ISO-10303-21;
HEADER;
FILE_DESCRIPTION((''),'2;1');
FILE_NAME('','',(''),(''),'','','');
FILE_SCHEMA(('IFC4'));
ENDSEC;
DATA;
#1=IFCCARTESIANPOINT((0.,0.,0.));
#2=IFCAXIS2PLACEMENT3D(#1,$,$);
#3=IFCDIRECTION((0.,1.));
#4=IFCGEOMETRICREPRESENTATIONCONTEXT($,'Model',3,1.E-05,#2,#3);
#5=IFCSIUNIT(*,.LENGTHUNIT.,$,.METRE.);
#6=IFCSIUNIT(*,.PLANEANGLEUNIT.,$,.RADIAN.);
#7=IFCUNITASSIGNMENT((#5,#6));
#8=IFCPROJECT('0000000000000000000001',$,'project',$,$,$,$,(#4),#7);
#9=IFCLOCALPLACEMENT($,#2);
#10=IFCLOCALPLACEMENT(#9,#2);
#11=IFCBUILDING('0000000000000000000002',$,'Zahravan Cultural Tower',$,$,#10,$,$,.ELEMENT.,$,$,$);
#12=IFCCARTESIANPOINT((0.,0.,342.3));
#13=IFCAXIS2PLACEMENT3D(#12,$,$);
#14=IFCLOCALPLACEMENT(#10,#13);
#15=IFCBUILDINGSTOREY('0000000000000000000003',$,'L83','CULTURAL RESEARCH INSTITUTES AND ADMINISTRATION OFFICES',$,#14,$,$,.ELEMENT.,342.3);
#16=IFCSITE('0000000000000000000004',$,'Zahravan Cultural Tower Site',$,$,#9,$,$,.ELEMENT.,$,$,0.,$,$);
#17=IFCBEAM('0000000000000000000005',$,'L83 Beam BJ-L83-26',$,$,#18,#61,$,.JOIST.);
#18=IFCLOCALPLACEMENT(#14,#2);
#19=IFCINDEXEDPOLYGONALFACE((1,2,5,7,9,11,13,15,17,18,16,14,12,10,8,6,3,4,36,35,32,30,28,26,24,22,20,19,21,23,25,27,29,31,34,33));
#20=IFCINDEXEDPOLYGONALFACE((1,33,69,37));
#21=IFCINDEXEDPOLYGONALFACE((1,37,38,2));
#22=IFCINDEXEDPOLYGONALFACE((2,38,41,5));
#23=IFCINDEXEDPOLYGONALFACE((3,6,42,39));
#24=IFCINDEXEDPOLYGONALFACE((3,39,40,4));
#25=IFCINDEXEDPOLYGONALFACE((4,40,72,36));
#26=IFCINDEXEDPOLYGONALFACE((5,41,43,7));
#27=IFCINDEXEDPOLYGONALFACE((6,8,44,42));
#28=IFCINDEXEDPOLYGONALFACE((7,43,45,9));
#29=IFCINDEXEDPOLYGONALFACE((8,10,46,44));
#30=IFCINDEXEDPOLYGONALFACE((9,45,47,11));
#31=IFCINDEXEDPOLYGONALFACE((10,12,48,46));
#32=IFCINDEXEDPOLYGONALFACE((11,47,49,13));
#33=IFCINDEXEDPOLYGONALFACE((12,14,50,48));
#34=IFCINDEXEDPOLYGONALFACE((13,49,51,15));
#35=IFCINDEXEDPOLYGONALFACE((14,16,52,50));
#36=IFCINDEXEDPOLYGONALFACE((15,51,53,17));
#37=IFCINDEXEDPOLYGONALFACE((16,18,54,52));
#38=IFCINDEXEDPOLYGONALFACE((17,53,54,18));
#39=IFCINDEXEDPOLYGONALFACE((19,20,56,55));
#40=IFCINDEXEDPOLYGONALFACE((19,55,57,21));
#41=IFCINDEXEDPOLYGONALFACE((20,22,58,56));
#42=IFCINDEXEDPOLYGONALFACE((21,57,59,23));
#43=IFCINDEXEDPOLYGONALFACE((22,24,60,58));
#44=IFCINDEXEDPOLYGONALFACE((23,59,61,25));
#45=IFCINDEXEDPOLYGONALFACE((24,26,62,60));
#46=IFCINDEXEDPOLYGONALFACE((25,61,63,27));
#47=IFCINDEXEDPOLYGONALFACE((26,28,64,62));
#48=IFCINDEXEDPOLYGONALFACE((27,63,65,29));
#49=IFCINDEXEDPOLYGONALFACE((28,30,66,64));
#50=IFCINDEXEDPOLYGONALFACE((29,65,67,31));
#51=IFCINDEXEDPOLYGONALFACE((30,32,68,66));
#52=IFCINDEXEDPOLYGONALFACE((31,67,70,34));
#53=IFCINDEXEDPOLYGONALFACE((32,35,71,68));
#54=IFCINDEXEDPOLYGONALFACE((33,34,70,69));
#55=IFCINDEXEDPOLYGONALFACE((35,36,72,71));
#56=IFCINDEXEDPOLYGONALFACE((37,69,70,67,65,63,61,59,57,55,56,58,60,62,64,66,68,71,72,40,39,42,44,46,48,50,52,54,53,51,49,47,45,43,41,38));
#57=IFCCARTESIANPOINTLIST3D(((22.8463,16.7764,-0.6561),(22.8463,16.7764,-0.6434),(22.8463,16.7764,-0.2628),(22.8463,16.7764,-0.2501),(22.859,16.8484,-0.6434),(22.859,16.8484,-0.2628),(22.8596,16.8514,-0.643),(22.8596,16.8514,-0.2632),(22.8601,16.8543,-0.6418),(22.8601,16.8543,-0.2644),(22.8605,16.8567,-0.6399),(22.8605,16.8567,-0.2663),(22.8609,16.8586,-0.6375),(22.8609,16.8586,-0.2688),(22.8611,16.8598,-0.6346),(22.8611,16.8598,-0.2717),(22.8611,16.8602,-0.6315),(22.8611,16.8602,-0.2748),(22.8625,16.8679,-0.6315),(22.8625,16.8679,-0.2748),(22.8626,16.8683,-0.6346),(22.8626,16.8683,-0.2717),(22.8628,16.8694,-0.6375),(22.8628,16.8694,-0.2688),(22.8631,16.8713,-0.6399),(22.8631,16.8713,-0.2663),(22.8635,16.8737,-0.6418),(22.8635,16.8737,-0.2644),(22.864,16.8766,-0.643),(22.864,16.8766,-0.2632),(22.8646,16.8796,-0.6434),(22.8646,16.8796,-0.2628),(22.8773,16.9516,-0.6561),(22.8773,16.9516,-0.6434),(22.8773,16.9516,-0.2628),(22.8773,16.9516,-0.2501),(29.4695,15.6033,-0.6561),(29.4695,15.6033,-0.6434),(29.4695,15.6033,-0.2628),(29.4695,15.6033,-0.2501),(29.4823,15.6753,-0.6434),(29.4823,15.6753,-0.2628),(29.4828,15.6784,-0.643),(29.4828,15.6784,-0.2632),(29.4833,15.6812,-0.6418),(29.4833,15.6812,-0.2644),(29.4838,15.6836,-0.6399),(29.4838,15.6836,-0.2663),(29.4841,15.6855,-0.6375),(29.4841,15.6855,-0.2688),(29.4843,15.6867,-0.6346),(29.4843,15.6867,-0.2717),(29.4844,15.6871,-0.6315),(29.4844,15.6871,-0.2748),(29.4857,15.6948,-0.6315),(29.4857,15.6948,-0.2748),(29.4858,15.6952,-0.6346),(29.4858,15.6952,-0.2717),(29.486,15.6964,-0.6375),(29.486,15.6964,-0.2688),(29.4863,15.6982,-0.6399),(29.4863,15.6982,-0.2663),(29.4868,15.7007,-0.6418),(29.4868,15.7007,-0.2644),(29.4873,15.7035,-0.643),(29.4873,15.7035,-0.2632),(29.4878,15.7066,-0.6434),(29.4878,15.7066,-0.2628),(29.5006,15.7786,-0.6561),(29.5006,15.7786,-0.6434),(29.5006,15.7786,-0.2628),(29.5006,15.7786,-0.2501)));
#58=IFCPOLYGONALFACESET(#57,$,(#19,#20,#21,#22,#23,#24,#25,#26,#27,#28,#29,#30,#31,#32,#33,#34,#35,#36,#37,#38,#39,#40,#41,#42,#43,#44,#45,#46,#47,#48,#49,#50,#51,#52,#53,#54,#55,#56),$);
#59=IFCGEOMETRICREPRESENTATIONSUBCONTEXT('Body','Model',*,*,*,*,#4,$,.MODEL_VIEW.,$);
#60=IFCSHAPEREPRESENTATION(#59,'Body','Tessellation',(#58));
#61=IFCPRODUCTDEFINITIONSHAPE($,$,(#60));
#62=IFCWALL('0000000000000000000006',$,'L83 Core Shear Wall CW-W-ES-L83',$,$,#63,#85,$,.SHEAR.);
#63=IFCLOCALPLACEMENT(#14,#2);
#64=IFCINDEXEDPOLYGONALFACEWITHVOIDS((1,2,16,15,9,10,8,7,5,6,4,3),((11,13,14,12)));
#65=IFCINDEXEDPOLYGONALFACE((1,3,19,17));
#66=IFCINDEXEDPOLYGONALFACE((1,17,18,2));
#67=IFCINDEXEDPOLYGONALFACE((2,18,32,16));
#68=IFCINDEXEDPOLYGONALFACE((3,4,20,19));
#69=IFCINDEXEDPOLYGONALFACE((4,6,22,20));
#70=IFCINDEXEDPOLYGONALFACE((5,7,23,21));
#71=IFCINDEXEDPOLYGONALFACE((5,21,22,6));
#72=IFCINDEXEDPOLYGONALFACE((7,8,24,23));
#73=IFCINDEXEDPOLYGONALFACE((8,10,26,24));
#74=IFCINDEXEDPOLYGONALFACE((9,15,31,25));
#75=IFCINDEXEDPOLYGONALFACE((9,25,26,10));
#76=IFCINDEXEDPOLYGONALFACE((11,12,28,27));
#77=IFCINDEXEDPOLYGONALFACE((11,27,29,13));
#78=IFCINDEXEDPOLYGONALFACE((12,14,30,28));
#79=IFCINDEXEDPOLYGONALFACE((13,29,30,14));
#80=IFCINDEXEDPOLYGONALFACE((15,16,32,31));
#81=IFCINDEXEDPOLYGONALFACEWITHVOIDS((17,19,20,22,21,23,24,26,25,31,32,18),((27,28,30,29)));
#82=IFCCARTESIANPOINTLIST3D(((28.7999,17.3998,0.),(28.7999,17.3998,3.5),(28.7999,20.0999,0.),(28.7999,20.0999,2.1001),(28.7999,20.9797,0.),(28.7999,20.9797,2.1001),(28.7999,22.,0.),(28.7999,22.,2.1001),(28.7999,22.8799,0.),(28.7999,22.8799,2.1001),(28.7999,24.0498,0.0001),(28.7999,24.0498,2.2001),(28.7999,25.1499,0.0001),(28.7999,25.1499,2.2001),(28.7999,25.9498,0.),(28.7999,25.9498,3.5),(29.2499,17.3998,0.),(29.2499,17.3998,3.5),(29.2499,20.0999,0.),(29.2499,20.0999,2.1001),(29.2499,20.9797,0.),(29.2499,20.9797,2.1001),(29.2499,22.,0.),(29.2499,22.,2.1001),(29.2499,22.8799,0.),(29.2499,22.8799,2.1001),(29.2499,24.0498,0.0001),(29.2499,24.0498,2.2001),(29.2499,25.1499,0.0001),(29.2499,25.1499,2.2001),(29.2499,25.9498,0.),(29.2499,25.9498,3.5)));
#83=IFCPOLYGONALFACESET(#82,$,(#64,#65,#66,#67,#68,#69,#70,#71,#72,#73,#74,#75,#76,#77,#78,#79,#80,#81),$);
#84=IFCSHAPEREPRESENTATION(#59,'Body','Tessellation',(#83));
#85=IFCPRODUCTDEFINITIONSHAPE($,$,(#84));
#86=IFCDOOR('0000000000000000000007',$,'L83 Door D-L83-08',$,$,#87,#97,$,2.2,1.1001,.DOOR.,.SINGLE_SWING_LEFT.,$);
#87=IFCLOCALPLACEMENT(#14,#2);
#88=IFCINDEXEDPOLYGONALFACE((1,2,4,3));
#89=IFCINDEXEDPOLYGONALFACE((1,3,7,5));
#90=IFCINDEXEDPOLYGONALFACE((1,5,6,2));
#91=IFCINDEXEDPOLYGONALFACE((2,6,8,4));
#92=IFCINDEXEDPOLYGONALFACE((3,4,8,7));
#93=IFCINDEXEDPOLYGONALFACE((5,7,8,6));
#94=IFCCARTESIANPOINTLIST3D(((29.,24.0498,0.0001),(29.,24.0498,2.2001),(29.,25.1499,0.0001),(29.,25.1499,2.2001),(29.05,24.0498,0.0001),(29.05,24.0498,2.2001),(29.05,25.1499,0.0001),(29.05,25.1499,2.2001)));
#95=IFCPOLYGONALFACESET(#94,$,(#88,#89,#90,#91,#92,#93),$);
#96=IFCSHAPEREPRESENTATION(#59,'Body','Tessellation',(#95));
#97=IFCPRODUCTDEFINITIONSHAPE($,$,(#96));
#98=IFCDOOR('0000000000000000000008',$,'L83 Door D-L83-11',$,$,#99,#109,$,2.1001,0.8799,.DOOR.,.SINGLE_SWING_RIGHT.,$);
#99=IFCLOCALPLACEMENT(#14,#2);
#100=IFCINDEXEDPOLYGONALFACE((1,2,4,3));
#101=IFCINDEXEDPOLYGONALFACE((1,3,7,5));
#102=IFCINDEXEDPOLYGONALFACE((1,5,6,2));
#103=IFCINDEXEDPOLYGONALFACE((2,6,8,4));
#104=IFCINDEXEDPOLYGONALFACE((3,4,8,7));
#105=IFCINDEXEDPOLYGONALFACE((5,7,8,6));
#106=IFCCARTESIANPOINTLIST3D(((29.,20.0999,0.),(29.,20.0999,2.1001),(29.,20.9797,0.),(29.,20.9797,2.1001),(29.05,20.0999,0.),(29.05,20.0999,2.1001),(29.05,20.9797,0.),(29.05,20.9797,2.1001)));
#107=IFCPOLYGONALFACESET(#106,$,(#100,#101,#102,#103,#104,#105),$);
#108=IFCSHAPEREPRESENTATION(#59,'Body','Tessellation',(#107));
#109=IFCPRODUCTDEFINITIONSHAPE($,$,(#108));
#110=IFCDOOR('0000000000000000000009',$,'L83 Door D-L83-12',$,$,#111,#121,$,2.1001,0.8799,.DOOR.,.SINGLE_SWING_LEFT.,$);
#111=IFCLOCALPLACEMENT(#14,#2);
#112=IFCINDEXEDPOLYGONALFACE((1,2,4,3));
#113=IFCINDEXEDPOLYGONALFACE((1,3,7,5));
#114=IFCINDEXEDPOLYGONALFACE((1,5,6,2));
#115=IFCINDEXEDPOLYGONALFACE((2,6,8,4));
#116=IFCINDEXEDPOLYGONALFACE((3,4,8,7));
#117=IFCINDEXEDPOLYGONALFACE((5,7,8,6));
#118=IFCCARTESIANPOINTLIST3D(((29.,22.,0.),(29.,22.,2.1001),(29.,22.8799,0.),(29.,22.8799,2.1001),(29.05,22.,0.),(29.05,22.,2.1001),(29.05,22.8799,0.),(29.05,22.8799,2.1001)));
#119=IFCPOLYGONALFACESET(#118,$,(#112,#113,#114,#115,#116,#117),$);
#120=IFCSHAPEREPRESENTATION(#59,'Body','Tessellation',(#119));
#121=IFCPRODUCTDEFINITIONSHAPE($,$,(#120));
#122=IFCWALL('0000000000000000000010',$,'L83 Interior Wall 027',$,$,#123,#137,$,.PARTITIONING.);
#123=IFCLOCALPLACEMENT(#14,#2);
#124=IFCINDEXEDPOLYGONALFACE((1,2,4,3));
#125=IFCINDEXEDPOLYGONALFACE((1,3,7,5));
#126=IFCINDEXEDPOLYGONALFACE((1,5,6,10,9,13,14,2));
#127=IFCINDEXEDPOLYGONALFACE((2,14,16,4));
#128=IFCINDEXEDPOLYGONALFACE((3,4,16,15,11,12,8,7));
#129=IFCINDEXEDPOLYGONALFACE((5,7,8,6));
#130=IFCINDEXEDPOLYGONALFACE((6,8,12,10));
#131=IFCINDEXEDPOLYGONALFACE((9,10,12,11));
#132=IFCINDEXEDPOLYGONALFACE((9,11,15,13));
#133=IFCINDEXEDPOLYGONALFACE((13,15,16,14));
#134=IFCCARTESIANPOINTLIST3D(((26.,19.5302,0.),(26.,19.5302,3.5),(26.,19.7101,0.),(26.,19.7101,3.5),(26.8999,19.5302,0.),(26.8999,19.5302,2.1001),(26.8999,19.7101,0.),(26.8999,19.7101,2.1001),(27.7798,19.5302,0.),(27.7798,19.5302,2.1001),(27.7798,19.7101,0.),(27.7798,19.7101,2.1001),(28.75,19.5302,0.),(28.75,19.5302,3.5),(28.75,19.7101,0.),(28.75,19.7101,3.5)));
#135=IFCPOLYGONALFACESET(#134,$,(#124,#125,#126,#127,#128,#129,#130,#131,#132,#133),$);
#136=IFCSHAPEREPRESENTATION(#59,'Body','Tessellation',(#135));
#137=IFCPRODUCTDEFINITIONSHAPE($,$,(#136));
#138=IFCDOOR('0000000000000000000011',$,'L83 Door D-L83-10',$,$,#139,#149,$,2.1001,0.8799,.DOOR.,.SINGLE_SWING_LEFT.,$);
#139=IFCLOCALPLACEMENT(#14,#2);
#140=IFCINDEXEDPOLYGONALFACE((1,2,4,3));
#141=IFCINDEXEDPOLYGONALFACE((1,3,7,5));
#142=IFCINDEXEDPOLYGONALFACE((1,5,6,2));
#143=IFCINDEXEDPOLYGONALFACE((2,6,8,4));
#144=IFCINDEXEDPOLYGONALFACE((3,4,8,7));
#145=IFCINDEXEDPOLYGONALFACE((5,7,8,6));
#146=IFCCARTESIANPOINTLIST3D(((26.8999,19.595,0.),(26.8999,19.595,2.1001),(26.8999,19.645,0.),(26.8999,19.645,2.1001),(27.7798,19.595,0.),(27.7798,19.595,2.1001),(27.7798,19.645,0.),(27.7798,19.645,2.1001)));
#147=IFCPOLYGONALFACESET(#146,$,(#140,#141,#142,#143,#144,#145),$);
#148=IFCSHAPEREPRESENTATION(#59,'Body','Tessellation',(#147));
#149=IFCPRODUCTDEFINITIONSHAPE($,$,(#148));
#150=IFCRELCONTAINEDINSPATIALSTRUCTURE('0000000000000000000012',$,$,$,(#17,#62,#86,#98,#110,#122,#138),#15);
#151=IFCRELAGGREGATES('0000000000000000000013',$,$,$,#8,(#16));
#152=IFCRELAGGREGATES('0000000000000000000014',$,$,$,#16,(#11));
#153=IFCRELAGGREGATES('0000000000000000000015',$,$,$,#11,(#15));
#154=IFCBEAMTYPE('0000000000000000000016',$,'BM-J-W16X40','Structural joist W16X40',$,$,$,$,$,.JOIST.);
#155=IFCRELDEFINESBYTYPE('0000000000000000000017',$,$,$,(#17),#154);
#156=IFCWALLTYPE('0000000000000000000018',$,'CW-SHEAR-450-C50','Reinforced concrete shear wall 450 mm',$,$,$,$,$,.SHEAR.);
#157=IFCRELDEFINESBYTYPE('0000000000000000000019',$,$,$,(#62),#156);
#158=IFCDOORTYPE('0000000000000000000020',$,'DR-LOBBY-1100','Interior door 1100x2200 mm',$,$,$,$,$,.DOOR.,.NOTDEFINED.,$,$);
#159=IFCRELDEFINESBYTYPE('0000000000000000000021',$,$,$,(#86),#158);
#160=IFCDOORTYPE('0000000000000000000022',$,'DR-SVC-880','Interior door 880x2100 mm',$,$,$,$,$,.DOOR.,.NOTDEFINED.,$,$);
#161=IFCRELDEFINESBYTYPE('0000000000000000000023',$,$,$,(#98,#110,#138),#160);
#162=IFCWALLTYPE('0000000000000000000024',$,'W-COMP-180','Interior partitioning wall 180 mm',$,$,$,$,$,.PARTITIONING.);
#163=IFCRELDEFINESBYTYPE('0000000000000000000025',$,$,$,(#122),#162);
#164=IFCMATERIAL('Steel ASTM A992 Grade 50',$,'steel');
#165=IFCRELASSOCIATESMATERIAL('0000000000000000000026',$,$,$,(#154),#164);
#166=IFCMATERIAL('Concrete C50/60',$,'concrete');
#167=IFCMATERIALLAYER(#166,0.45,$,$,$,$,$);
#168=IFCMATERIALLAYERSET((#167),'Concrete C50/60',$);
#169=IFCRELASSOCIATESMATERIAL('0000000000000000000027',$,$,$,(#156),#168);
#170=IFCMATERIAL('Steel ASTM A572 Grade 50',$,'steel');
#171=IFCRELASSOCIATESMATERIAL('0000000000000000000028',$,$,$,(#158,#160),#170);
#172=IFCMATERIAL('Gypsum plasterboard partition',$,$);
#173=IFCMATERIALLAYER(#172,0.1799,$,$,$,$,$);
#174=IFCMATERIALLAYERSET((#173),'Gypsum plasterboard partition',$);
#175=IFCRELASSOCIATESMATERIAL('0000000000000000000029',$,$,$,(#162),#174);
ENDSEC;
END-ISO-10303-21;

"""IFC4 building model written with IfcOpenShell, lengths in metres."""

from ifc_helpers import new_model, si_unit, direction, frame, frame_2d, origin, origin_2d, place, context, subcontext, project, spatial, rectangle, i_section, extrude, source, transform, mapped, material, layer, layer_set, material_profile, profile_set, type_object, element, fill, save


model = new_model("IFC4")

# Units and contexts
model_context = context("Model", 3, precision=1e-05, world=origin(), true_north=direction((0.0, 1.0)))
body_context = subcontext(model_context, "Body", "Model", "MODEL_VIEW")
ifc_project = project(units=[si_unit("LENGTHUNIT", "METRE"), si_unit("PLANEANGLEUNIT", "RADIAN")], contexts=[model_context])

# Site, building, storey
site_placement = place(None, origin())
site = spatial("IfcSite", under=ifc_project, at=site_placement, Name="Zahravan Cultural Tower Site", CompositionType="ELEMENT", RefElevation=0.0)
building_placement = place(site_placement, origin())
building = spatial("IfcBuilding", under=site, at=building_placement, Name="Zahravan Cultural Tower", CompositionType="ELEMENT")
storey_placement = place(building_placement, frame((0.0, 0.0, 342.3)))
storey = spatial("IfcBuildingStorey", under=building, at=storey_placement, Name="L83", Description="CULTURAL RESEARCH INSTITUTES AND ADMINISTRATION OFFICES", CompositionType="ELEMENT", Elevation=342.3)

# Shared definitions
ifc_material_1 = material(Name="Concrete C50/60", Category="concrete")

# Beam
ifc_material_2 = material(Name="Steel ASTM A992 Grade 50", Category="steel")
ifc_material_profile_1 = material_profile(ifc_material_2, i_section(OverallWidth=0.178, OverallDepth=0.406, WebThickness=0.0078, FlangeThickness=0.0127, FilletRadius=0.012, at=origin_2d()), Name="W16X40")
ifc_profile_set_1 = profile_set([ifc_material_profile_1], Name="Steel ASTM A992 Grade 50")
beam_type_1 = type_object("IfcBeamType", Name="BM-J-W16X40", Description="Structural joist W16X40", PredefinedType="JOIST", material=ifc_profile_set_1)
shared_shape_1 = source(origin(), body_context, "Body", "SweptSolid", [
    extrude(i_section(OverallWidth=0.178, OverallDepth=0.406, WebThickness=0.0078, FlangeThickness=0.0127, FilletRadius=0.012, at=origin_2d()), origin(), (0.0, 0.0, 1.0), 6.7263),
])
beam_1_placement = place(storey_placement, frame((22.8618, 16.864, -0.4531), z_axis=(0.984674, -0.174402, 0.0), x_axis=(0.174402, 0.984674, 0.0)))
element("IfcBeam", 1, at=beam_1_placement, inside=storey, type_object=beam_type_1, Name="L83 Beam BJ-L83-26", PredefinedType="JOIST", context=body_context, shape_type="MappedRepresentation", body=[
    mapped(shared_shape_1, transform((0.0, 0.0, 0.0), x_axis=(1.0, 0.0, 0.0), y_axis=(0.0, 1.0, 0.0), z_axis=(0.0, 0.0, 1.0), scale=1.0)),
])

# Wall, openings, doors
ifc_layer_1 = layer(ifc_material_1, 0.45)
ifc_layer_set_1 = layer_set([ifc_layer_1], Name="Concrete C50/60")
wall_type_1 = type_object("IfcWallType", Name="CW-SHEAR-450-C50", Description="Reinforced concrete shear wall 450 mm", PredefinedType="SHEAR", material=ifc_layer_set_1)
wall_1_placement = place(storey_placement, frame((29.0249, 17.3999, 0.0), z_axis=(0.0, 0.0, 1.0), x_axis=(0.0, 1.0, 0.0)))
wall_1 = element("IfcWall", 2, at=wall_1_placement, inside=storey, type_object=wall_type_1, Name="L83 Core Shear Wall CW-W-ES-L83", PredefinedType="SHEAR", context=body_context, shape_type="SweptSolid", body=[
    extrude(rectangle(XDim=8.55, YDim=0.45, at=frame_2d((4.2749, 0.0))), origin(), (0.0, 0.0, 1.0), 3.5),
])
opening_1_placement = place(wall_1_placement, frame((6.6499, 0.0, 0.0)))
opening_1 = element("IfcOpeningElement", 3, at=opening_1_placement, cuts=wall_1, PredefinedType="OPENING", context=body_context, shape_type="SweptSolid", body=[
    extrude(rectangle(XDim=1.1001, YDim=2.2, at=frame_2d((0.55, 1.1001))), frame((0.0, 0.2349, 0.0), z_axis=(0.0, -1.0, 0.0), x_axis=(1.0, 0.0, 0.0)), (0.0, 0.0, 1.0), 0.47),
])
opening_2_placement = place(wall_1_placement, frame((2.7, 0.0, 0.0)))
opening_2 = element("IfcOpeningElement", 4, at=opening_2_placement, cuts=wall_1, PredefinedType="OPENING", context=body_context, shape_type="SweptSolid", body=[
    extrude(rectangle(XDim=0.8799, YDim=2.1001, at=frame_2d((0.4399, 1.05))), frame((0.0, 0.2349, 0.0), z_axis=(0.0, -1.0, 0.0), x_axis=(1.0, 0.0, 0.0)), (0.0, 0.0, 1.0), 0.47),
])
opening_3_placement = place(wall_1_placement, frame((4.6001, 0.0, 0.0)))
opening_3 = element("IfcOpeningElement", 5, at=opening_3_placement, cuts=wall_1, PredefinedType="OPENING", context=body_context, shape_type="SweptSolid", body=[
    extrude(rectangle(XDim=0.8799, YDim=2.1001, at=frame_2d((0.4399, 1.05))), frame((0.0, 0.2349, 0.0), z_axis=(0.0, -1.0, 0.0), x_axis=(1.0, 0.0, 0.0)), (0.0, 0.0, 1.0), 0.47),
])
ifc_material_3 = material(Name="Steel ASTM A572 Grade 50", Category="steel")
door_type_1 = type_object("IfcDoorType", Name="DR-LOBBY-1100", Description="Interior door 1100x2200 mm", OperationType="NOTDEFINED", PredefinedType="DOOR", material=ifc_material_3)
shared_shape_2 = source(origin(), body_context, "Body", "SweptSolid", [
    extrude(rectangle(XDim=1.1001, YDim=2.2, at=frame_2d((0.55, 1.1001))), frame((0.0, 0.0249, 0.0), z_axis=(0.0, -1.0, 0.0), x_axis=(1.0, 0.0, 0.0)), (0.0, 0.0, 1.0), 0.05),
])
door_1_placement = place(opening_1_placement, origin())
door_1 = element("IfcDoor", 6, at=door_1_placement, inside=storey, type_object=door_type_1, Name="L83 Door D-L83-08", OperationType="SINGLE_SWING_LEFT", OverallHeight=2.2, OverallWidth=1.1001, PredefinedType="DOOR", context=body_context, shape_type="MappedRepresentation", body=[
    mapped(shared_shape_2, transform((0.0, 0.0, 0.0), x_axis=(1.0, 0.0, 0.0), y_axis=(0.0, 1.0, 0.0), z_axis=(0.0, 0.0, 1.0), scale=1.0)),
])
fill(opening_1, door_1)
door_type_2 = type_object("IfcDoorType", Name="DR-SVC-880", Description="Interior door 880x2100 mm", OperationType="NOTDEFINED", PredefinedType="DOOR", material=ifc_material_3)
shared_shape_3 = source(origin(), body_context, "Body", "SweptSolid", [
    extrude(rectangle(XDim=0.8799, YDim=2.1001, at=frame_2d((0.4399, 1.05))), frame((0.0, 0.0249, 0.0), z_axis=(0.0, -1.0, 0.0), x_axis=(1.0, 0.0, 0.0)), (0.0, 0.0, 1.0), 0.05),
])
door_2_placement = place(opening_2_placement, origin())
door_2 = element("IfcDoor", 7, at=door_2_placement, inside=storey, type_object=door_type_2, Name="L83 Door D-L83-11", OperationType="SINGLE_SWING_RIGHT", OverallHeight=2.1001, OverallWidth=0.8799, PredefinedType="DOOR", context=body_context, shape_type="MappedRepresentation", body=[
    mapped(shared_shape_3, transform((0.0, 0.0, 0.0), x_axis=(1.0, 0.0, 0.0), y_axis=(0.0, 1.0, 0.0), z_axis=(0.0, 0.0, 1.0), scale=1.0)),
])
fill(opening_2, door_2)
door_3_placement = place(opening_3_placement, origin())
door_3 = element("IfcDoor", 8, at=door_3_placement, inside=storey, type_object=door_type_2, Name="L83 Door D-L83-12", OperationType="SINGLE_SWING_LEFT", OverallHeight=2.1001, OverallWidth=0.8799, PredefinedType="DOOR", context=body_context, shape_type="MappedRepresentation", body=[
    mapped(shared_shape_3, transform((0.0, 0.0, 0.0), x_axis=(1.0, 0.0, 0.0), y_axis=(0.0, 1.0, 0.0), z_axis=(0.0, 0.0, 1.0), scale=1.0)),
])
fill(opening_3, door_3)

# Wall, opening, door
ifc_material_4 = material(Name="Gypsum plasterboard partition")
ifc_layer_2 = layer(ifc_material_4, 0.1799)
ifc_layer_set_2 = layer_set([ifc_layer_2], Name="Gypsum plasterboard partition")
wall_type_2 = type_object("IfcWallType", Name="W-COMP-180", Description="Interior partitioning wall 180 mm", PredefinedType="PARTITIONING", material=ifc_layer_set_2)
wall_2_placement = place(storey_placement, frame((26.0, 19.6201, 0.0), z_axis=(0.0, 0.0, 1.0), x_axis=(1.0, 0.0, 0.0)))
wall_2 = element("IfcWall", 9, at=wall_2_placement, inside=storey, type_object=wall_type_2, Name="L83 Interior Wall 027", PredefinedType="PARTITIONING", context=body_context, shape_type="SweptSolid", body=[
    extrude(rectangle(XDim=2.75, YDim=0.1799, at=frame_2d((1.375, 0.0))), origin(), (0.0, 0.0, 1.0), 3.5),
])
opening_4_placement = place(wall_2_placement, frame((0.8999, 0.0, 0.0)))
opening_4 = element("IfcOpeningElement", 10, at=opening_4_placement, cuts=wall_2, PredefinedType="OPENING", context=body_context, shape_type="SweptSolid", body=[
    extrude(rectangle(XDim=0.8799, YDim=2.1001, at=frame_2d((0.4399, 1.05))), frame((0.0, 0.0999, 0.0), z_axis=(0.0, -1.0, 0.0), x_axis=(1.0, 0.0, 0.0)), (0.0, 0.0, 1.0), 0.2),
])
door_4_placement = place(opening_4_placement, origin())
door_4 = element("IfcDoor", 11, at=door_4_placement, inside=storey, type_object=door_type_2, Name="L83 Door D-L83-10", OperationType="SINGLE_SWING_LEFT", OverallHeight=2.1001, OverallWidth=0.8799, PredefinedType="DOOR", context=body_context, shape_type="MappedRepresentation", body=[
    mapped(shared_shape_3, transform((0.0, 0.0, 0.0), x_axis=(1.0, 0.0, 0.0), y_axis=(0.0, 1.0, 0.0), z_axis=(0.0, 0.0, 1.0), scale=1.0)),
])
fill(opening_4, door_4)

save(model, "model.ifc")
